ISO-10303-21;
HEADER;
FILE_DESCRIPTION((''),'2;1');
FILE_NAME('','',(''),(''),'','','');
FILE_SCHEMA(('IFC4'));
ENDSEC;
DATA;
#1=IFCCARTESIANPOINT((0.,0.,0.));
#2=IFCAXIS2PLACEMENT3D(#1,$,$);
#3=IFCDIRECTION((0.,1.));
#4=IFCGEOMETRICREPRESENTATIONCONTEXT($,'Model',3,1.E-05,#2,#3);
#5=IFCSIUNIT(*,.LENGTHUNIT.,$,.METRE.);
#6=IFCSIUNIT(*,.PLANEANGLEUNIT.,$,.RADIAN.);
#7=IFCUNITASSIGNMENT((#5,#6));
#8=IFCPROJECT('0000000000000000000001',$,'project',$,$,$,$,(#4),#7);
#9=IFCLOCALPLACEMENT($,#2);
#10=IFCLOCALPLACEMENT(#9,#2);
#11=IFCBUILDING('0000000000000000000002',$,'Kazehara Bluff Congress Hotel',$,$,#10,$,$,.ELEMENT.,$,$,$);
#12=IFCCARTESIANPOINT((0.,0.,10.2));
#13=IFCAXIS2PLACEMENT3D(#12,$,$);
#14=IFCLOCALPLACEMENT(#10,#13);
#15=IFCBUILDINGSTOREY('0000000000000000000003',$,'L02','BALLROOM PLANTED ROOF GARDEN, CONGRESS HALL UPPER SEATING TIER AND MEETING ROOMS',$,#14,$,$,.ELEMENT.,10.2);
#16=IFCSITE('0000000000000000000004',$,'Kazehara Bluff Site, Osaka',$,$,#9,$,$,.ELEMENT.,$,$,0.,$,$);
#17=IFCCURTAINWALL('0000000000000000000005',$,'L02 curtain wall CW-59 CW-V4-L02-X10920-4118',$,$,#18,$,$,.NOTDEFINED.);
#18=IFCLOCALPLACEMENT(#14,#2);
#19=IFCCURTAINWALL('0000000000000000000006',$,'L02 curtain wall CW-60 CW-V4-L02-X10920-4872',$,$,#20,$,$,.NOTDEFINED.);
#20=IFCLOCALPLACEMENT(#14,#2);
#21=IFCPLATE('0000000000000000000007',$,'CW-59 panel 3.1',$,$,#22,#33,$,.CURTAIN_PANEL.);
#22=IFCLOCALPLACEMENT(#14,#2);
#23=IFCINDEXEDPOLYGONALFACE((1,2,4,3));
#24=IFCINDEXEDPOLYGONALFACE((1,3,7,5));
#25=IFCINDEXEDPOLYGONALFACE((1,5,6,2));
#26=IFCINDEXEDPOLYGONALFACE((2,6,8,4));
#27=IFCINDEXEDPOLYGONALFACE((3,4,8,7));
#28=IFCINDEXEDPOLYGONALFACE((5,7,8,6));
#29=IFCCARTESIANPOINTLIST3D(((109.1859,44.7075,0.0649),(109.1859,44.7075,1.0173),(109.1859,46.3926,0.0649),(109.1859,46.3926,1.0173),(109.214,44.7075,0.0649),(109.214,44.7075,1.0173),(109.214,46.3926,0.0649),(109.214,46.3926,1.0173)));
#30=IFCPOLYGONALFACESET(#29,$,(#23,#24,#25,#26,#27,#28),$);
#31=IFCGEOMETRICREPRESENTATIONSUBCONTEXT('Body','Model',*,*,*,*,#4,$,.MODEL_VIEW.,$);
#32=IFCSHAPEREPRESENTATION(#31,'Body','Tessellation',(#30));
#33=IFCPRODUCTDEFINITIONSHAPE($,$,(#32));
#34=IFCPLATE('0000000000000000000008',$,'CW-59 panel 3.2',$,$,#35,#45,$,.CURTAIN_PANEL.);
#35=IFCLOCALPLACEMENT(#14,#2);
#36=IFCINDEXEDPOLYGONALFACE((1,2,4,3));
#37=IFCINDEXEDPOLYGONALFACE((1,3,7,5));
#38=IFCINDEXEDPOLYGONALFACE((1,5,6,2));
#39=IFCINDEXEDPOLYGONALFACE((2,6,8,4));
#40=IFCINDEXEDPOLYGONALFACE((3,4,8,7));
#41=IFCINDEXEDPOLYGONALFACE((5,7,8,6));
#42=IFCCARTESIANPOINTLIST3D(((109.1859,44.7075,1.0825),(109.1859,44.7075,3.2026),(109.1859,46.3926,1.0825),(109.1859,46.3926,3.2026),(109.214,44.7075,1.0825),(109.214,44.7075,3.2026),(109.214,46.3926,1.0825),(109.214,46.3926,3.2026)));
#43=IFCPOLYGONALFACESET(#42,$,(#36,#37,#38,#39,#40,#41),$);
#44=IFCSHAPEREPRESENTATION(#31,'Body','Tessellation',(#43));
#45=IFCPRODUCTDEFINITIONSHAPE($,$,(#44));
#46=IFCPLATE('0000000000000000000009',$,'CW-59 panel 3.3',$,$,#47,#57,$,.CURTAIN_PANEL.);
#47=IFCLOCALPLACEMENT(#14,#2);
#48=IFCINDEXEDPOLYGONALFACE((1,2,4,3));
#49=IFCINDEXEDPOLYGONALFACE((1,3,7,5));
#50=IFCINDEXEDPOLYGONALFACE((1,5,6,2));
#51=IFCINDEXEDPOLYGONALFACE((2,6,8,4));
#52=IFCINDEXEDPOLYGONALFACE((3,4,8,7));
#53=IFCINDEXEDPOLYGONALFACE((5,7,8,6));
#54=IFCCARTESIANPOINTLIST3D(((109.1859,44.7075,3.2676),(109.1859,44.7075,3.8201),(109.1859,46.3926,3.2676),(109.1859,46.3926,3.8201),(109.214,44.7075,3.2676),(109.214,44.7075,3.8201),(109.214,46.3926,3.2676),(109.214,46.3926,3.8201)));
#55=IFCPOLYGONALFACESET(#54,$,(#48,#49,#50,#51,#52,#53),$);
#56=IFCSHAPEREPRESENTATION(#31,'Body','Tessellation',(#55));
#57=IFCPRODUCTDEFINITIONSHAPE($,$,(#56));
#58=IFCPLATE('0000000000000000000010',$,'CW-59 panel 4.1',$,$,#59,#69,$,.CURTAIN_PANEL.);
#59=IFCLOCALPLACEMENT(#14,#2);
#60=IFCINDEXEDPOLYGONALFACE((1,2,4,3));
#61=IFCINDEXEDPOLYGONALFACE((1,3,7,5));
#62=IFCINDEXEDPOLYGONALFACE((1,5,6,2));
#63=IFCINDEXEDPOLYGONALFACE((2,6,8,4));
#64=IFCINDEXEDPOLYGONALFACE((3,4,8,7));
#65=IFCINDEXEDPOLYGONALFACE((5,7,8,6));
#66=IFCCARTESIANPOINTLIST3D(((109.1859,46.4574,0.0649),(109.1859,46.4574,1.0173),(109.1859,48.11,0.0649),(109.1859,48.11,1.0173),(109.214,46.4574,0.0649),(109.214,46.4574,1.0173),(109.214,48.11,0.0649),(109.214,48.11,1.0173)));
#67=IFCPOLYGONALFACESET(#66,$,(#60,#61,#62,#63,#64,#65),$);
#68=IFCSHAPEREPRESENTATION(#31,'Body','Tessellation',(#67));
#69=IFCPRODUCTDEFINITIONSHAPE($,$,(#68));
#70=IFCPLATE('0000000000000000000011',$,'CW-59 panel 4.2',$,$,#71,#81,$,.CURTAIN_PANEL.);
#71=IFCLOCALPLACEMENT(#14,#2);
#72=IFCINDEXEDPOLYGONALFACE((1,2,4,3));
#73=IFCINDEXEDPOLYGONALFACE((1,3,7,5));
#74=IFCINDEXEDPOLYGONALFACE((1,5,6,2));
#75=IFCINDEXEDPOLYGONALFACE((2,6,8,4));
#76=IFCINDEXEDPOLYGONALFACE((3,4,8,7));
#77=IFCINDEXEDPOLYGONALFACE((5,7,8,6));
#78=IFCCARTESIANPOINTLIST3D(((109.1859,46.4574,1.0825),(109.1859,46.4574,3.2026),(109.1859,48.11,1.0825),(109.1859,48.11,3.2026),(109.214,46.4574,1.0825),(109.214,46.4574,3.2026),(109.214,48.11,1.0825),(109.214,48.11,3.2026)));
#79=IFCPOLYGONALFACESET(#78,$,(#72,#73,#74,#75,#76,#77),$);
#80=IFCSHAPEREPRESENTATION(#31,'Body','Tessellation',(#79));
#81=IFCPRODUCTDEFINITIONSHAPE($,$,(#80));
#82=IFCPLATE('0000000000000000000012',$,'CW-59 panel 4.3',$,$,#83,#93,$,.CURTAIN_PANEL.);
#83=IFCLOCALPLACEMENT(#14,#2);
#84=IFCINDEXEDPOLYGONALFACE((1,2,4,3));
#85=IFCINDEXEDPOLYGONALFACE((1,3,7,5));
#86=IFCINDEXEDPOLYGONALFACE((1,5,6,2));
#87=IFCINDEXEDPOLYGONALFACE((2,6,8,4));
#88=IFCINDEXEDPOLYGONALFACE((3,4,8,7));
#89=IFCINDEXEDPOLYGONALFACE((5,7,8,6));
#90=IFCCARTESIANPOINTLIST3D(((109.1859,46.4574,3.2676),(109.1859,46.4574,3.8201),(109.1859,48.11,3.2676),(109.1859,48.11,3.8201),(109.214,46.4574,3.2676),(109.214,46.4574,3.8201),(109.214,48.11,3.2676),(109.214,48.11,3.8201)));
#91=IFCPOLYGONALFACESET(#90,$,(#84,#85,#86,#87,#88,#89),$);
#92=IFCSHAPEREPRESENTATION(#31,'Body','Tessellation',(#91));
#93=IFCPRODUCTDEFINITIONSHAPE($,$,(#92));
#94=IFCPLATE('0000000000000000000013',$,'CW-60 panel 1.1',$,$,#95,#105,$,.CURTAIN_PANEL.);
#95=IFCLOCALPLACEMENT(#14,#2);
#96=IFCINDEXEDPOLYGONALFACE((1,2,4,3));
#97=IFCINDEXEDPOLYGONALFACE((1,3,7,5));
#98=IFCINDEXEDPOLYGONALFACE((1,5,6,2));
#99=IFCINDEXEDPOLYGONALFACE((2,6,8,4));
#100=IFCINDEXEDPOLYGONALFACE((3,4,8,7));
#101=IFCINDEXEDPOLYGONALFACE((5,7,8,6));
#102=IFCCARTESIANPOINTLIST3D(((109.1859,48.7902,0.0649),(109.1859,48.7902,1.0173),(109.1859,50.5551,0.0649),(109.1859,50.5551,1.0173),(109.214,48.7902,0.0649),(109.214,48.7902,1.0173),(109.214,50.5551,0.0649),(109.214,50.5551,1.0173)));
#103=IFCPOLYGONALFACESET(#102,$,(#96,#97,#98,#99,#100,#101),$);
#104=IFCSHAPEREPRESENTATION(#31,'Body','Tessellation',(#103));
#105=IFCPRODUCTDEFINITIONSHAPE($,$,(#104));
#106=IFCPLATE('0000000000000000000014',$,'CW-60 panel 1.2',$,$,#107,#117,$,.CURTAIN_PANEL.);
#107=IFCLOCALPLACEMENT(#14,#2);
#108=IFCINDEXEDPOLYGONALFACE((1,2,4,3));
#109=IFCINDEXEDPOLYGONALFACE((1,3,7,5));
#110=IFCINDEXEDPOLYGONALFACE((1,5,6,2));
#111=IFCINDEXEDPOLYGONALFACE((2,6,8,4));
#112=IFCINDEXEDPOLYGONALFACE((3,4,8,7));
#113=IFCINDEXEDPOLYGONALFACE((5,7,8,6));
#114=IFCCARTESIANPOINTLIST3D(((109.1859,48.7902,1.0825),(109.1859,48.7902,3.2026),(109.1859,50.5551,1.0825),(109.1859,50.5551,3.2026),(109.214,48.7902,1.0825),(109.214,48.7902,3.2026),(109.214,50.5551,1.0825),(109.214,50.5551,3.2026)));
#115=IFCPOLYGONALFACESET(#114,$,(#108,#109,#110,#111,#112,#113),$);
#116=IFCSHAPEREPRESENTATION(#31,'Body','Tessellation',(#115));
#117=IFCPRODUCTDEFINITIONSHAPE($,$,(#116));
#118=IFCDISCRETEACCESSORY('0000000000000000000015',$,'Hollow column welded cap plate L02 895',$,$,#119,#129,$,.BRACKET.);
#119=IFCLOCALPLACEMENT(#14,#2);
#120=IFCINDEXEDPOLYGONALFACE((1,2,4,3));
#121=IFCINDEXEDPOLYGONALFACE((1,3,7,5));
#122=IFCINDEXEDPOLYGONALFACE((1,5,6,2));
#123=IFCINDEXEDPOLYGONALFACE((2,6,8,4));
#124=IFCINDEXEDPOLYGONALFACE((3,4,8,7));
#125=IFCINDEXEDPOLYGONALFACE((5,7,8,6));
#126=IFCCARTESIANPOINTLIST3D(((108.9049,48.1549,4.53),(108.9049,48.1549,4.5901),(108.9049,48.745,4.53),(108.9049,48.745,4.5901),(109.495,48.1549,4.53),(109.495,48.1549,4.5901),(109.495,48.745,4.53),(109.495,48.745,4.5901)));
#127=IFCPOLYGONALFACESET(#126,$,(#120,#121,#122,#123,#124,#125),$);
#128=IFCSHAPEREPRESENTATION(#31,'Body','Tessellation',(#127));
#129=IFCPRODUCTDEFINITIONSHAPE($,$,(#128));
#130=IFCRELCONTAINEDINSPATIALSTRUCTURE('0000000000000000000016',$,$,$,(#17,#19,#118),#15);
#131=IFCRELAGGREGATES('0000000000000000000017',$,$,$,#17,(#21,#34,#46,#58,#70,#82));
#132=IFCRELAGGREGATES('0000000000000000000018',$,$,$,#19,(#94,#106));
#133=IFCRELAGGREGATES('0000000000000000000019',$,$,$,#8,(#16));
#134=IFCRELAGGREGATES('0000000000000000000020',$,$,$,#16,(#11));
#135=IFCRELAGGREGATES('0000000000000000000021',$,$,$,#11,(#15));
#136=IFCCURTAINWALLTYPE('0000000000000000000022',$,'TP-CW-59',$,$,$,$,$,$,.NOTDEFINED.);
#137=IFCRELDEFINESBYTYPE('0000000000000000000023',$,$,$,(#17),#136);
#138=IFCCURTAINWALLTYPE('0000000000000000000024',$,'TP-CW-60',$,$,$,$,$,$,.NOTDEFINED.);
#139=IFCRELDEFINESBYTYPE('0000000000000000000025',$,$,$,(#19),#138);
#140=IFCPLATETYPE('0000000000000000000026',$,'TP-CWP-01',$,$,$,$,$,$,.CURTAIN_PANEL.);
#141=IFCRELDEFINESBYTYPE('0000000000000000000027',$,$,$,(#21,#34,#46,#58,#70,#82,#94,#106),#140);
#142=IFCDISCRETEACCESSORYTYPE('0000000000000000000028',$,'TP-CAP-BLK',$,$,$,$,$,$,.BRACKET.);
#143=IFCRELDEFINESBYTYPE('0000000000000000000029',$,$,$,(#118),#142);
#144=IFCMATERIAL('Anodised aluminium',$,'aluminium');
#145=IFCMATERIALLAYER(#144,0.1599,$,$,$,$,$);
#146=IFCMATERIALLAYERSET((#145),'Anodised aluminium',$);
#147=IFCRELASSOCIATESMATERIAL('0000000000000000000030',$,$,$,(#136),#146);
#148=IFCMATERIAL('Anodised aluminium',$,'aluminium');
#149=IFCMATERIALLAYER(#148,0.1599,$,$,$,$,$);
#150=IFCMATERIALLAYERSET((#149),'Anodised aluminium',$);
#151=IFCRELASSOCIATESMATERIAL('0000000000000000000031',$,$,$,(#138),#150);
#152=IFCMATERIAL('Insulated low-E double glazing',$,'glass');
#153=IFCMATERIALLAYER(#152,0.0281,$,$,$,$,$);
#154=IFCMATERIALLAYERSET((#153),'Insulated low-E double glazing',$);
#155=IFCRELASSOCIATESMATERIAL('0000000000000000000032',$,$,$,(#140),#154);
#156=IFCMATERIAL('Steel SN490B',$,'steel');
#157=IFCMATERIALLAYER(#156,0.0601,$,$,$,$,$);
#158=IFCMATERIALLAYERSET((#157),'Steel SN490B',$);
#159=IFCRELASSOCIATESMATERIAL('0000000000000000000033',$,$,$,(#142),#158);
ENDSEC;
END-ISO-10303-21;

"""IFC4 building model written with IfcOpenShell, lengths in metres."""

from ifc_helpers import new_model, si_unit, direction, frame, origin, origin_2d, place, context, subcontext, project, spatial, rectangle, extrude, material, layer, layer_set, type_object, element, aggregate, save


model = new_model("IFC4")

# Units and contexts
model_context = context("Model", 3, precision=1e-05, world=origin(), true_north=direction((0.0, 1.0)))
body_context = subcontext(model_context, "Body", "Model", "MODEL_VIEW")
ifc_project = project(units=[si_unit("LENGTHUNIT", "METRE"), si_unit("PLANEANGLEUNIT", "RADIAN")], contexts=[model_context])

# Site, building, storey
site_placement = place(None, origin())
site = spatial("IfcSite", under=ifc_project, at=site_placement, Name="Kazehara Bluff Site, Osaka", CompositionType="ELEMENT", RefElevation=0.0)
building_placement = place(site_placement, origin())
building = spatial("IfcBuilding", under=site, at=building_placement, Name="Kazehara Bluff Congress Hotel", CompositionType="ELEMENT")
storey_placement = place(building_placement, frame((0.0, 0.0, 10.2)))
storey = spatial("IfcBuildingStorey", under=building, at=storey_placement, Name="L02", Description="BALLROOM PLANTED ROOF GARDEN, CONGRESS HALL UPPER SEATING TIER AND MEETING ROOMS", CompositionType="ELEMENT", Elevation=10.2)

# Curtain wall
ifc_material_1 = material(Name="Anodised aluminium", Category="aluminium")
ifc_layer_1 = layer(ifc_material_1, 0.1599)
ifc_layer_set_1 = layer_set([ifc_layer_1], Name="Anodised aluminium")
curtain_wall_type_1 = type_object("IfcCurtainWallType", Name="TP-CW-59", PredefinedType="NOTDEFINED", material=ifc_layer_set_1)
curtain_wall_1_placement = place(storey_placement, origin())
curtain_wall_1 = element("IfcCurtainWall", 1, at=curtain_wall_1_placement, inside=storey, type_object=curtain_wall_type_1, Name="L02 curtain wall CW-59 CW-V4-L02-X10920-4118", PredefinedType="NOTDEFINED")

# Curtain wall
ifc_material_2 = material(Name="Anodised aluminium", Category="aluminium")
ifc_layer_2 = layer(ifc_material_2, 0.1599)
ifc_layer_set_2 = layer_set([ifc_layer_2], Name="Anodised aluminium")
curtain_wall_type_2 = type_object("IfcCurtainWallType", Name="TP-CW-60", PredefinedType="NOTDEFINED", material=ifc_layer_set_2)
curtain_wall_2_placement = place(storey_placement, origin())
curtain_wall_2 = element("IfcCurtainWall", 2, at=curtain_wall_2_placement, inside=storey, type_object=curtain_wall_type_2, Name="L02 curtain wall CW-60 CW-V4-L02-X10920-4872", PredefinedType="NOTDEFINED")

# Plates
ifc_material_3 = material(Name="Insulated low-E double glazing", Category="glass")
ifc_layer_3 = layer(ifc_material_3, 0.0281)
ifc_layer_set_3 = layer_set([ifc_layer_3], Name="Insulated low-E double glazing")
plate_type = type_object("IfcPlateType", Name="TP-CWP-01", PredefinedType="CURTAIN_PANEL", material=ifc_layer_set_3)
plate_1_placement = place(storey_placement, frame((109.2, 45.55, 0.0649), z_axis=(0.0, 0.0, 1.0), x_axis=(0.0, 1.0, 0.0)))
plate_1 = element("IfcPlate", 3, at=plate_1_placement, type_object=plate_type, Name="CW-59 panel 3.1", PredefinedType="CURTAIN_PANEL", context=body_context, shape_type="SweptSolid", body=[
    extrude(rectangle(XDim=1.6851, YDim=0.0281, at=origin_2d()), origin(), (0.0, 0.0, 1.0), 0.9524),
])
plate_2_placement = place(storey_placement, frame((109.2, 45.55, 1.0825), z_axis=(0.0, 0.0, 1.0), x_axis=(0.0, 1.0, 0.0)))
plate_2 = element("IfcPlate", 4, at=plate_2_placement, type_object=plate_type, Name="CW-59 panel 3.2", PredefinedType="CURTAIN_PANEL", context=body_context, shape_type="SweptSolid", body=[
    extrude(rectangle(XDim=1.6851, YDim=0.0281, at=origin_2d()), origin(), (0.0, 0.0, 1.0), 2.1201),
])
plate_3_placement = place(storey_placement, frame((109.2, 45.55, 3.2676), z_axis=(0.0, 0.0, 1.0), x_axis=(0.0, 1.0, 0.0)))
plate_3 = element("IfcPlate", 5, at=plate_3_placement, type_object=plate_type, Name="CW-59 panel 3.3", PredefinedType="CURTAIN_PANEL", context=body_context, shape_type="SweptSolid", body=[
    extrude(rectangle(XDim=1.6851, YDim=0.0281, at=origin_2d()), origin(), (0.0, 0.0, 1.0), 0.5525),
])
plate_4_placement = place(storey_placement, frame((109.2, 47.2837, 0.0649), z_axis=(0.0, 0.0, 1.0), x_axis=(0.0, 1.0, 0.0)))
plate_4 = element("IfcPlate", 6, at=plate_4_placement, type_object=plate_type, Name="CW-59 panel 4.1", PredefinedType="CURTAIN_PANEL", context=body_context, shape_type="SweptSolid", body=[
    extrude(rectangle(XDim=1.6526, YDim=0.0281, at=origin_2d()), origin(), (0.0, 0.0, 1.0), 0.9524),
])
plate_5_placement = place(storey_placement, frame((109.2, 47.2837, 1.0825), z_axis=(0.0, 0.0, 1.0), x_axis=(0.0, 1.0, 0.0)))
plate_5 = element("IfcPlate", 7, at=plate_5_placement, type_object=plate_type, Name="CW-59 panel 4.2", PredefinedType="CURTAIN_PANEL", context=body_context, shape_type="SweptSolid", body=[
    extrude(rectangle(XDim=1.6526, YDim=0.0281, at=origin_2d()), origin(), (0.0, 0.0, 1.0), 2.1201),
])
plate_6_placement = place(storey_placement, frame((109.2, 47.2837, 3.2676), z_axis=(0.0, 0.0, 1.0), x_axis=(0.0, 1.0, 0.0)))
plate_6 = element("IfcPlate", 8, at=plate_6_placement, type_object=plate_type, Name="CW-59 panel 4.3", PredefinedType="CURTAIN_PANEL", context=body_context, shape_type="SweptSolid", body=[
    extrude(rectangle(XDim=1.6526, YDim=0.0281, at=origin_2d()), origin(), (0.0, 0.0, 1.0), 0.5525),
])
aggregate(curtain_wall_1, [plate_1, plate_2, plate_3, plate_4, plate_5, plate_6])
plate_7_placement = place(storey_placement, frame((109.2, 49.6726, 0.0649), z_axis=(0.0, 0.0, 1.0), x_axis=(0.0, 1.0, 0.0)))
plate_7 = element("IfcPlate", 9, at=plate_7_placement, type_object=plate_type, Name="CW-60 panel 1.1", PredefinedType="CURTAIN_PANEL", context=body_context, shape_type="SweptSolid", body=[
    extrude(rectangle(XDim=1.7649, YDim=0.0281, at=origin_2d()), origin(), (0.0, 0.0, 1.0), 0.9524),
])
plate_8_placement = place(storey_placement, frame((109.2, 49.6726, 1.0825), z_axis=(0.0, 0.0, 1.0), x_axis=(0.0, 1.0, 0.0)))
plate_8 = element("IfcPlate", 10, at=plate_8_placement, type_object=plate_type, Name="CW-60 panel 1.2", PredefinedType="CURTAIN_PANEL", context=body_context, shape_type="SweptSolid", body=[
    extrude(rectangle(XDim=1.7649, YDim=0.0281, at=origin_2d()), origin(), (0.0, 0.0, 1.0), 2.1201),
])
aggregate(curtain_wall_2, [plate_7, plate_8])

# Discrete accessory
ifc_material_4 = material(Name="Steel SN490B", Category="steel")
ifc_layer_4 = layer(ifc_material_4, 0.0601)
ifc_layer_set_4 = layer_set([ifc_layer_4], Name="Steel SN490B")
discrete_accessory_type = type_object("IfcDiscreteAccessoryType", Name="TP-CAP-BLK", PredefinedType="BRACKET", material=ifc_layer_set_4)
discrete_accessory_placement = place(storey_placement, frame((109.2, 48.45, 4.53), z_axis=(0.0, 0.0, 1.0), x_axis=(1.0, 0.0, 0.0)))
element("IfcDiscreteAccessory", 11, at=discrete_accessory_placement, inside=storey, type_object=discrete_accessory_type, Name="Hollow column welded cap plate L02 895", PredefinedType="BRACKET", context=body_context, shape_type="SweptSolid", body=[
    extrude(rectangle(XDim=0.5901, YDim=0.5901, at=origin_2d()), origin(), (0.0, 0.0, 1.0), 0.0601),
])

save(model, "model.ifc")
